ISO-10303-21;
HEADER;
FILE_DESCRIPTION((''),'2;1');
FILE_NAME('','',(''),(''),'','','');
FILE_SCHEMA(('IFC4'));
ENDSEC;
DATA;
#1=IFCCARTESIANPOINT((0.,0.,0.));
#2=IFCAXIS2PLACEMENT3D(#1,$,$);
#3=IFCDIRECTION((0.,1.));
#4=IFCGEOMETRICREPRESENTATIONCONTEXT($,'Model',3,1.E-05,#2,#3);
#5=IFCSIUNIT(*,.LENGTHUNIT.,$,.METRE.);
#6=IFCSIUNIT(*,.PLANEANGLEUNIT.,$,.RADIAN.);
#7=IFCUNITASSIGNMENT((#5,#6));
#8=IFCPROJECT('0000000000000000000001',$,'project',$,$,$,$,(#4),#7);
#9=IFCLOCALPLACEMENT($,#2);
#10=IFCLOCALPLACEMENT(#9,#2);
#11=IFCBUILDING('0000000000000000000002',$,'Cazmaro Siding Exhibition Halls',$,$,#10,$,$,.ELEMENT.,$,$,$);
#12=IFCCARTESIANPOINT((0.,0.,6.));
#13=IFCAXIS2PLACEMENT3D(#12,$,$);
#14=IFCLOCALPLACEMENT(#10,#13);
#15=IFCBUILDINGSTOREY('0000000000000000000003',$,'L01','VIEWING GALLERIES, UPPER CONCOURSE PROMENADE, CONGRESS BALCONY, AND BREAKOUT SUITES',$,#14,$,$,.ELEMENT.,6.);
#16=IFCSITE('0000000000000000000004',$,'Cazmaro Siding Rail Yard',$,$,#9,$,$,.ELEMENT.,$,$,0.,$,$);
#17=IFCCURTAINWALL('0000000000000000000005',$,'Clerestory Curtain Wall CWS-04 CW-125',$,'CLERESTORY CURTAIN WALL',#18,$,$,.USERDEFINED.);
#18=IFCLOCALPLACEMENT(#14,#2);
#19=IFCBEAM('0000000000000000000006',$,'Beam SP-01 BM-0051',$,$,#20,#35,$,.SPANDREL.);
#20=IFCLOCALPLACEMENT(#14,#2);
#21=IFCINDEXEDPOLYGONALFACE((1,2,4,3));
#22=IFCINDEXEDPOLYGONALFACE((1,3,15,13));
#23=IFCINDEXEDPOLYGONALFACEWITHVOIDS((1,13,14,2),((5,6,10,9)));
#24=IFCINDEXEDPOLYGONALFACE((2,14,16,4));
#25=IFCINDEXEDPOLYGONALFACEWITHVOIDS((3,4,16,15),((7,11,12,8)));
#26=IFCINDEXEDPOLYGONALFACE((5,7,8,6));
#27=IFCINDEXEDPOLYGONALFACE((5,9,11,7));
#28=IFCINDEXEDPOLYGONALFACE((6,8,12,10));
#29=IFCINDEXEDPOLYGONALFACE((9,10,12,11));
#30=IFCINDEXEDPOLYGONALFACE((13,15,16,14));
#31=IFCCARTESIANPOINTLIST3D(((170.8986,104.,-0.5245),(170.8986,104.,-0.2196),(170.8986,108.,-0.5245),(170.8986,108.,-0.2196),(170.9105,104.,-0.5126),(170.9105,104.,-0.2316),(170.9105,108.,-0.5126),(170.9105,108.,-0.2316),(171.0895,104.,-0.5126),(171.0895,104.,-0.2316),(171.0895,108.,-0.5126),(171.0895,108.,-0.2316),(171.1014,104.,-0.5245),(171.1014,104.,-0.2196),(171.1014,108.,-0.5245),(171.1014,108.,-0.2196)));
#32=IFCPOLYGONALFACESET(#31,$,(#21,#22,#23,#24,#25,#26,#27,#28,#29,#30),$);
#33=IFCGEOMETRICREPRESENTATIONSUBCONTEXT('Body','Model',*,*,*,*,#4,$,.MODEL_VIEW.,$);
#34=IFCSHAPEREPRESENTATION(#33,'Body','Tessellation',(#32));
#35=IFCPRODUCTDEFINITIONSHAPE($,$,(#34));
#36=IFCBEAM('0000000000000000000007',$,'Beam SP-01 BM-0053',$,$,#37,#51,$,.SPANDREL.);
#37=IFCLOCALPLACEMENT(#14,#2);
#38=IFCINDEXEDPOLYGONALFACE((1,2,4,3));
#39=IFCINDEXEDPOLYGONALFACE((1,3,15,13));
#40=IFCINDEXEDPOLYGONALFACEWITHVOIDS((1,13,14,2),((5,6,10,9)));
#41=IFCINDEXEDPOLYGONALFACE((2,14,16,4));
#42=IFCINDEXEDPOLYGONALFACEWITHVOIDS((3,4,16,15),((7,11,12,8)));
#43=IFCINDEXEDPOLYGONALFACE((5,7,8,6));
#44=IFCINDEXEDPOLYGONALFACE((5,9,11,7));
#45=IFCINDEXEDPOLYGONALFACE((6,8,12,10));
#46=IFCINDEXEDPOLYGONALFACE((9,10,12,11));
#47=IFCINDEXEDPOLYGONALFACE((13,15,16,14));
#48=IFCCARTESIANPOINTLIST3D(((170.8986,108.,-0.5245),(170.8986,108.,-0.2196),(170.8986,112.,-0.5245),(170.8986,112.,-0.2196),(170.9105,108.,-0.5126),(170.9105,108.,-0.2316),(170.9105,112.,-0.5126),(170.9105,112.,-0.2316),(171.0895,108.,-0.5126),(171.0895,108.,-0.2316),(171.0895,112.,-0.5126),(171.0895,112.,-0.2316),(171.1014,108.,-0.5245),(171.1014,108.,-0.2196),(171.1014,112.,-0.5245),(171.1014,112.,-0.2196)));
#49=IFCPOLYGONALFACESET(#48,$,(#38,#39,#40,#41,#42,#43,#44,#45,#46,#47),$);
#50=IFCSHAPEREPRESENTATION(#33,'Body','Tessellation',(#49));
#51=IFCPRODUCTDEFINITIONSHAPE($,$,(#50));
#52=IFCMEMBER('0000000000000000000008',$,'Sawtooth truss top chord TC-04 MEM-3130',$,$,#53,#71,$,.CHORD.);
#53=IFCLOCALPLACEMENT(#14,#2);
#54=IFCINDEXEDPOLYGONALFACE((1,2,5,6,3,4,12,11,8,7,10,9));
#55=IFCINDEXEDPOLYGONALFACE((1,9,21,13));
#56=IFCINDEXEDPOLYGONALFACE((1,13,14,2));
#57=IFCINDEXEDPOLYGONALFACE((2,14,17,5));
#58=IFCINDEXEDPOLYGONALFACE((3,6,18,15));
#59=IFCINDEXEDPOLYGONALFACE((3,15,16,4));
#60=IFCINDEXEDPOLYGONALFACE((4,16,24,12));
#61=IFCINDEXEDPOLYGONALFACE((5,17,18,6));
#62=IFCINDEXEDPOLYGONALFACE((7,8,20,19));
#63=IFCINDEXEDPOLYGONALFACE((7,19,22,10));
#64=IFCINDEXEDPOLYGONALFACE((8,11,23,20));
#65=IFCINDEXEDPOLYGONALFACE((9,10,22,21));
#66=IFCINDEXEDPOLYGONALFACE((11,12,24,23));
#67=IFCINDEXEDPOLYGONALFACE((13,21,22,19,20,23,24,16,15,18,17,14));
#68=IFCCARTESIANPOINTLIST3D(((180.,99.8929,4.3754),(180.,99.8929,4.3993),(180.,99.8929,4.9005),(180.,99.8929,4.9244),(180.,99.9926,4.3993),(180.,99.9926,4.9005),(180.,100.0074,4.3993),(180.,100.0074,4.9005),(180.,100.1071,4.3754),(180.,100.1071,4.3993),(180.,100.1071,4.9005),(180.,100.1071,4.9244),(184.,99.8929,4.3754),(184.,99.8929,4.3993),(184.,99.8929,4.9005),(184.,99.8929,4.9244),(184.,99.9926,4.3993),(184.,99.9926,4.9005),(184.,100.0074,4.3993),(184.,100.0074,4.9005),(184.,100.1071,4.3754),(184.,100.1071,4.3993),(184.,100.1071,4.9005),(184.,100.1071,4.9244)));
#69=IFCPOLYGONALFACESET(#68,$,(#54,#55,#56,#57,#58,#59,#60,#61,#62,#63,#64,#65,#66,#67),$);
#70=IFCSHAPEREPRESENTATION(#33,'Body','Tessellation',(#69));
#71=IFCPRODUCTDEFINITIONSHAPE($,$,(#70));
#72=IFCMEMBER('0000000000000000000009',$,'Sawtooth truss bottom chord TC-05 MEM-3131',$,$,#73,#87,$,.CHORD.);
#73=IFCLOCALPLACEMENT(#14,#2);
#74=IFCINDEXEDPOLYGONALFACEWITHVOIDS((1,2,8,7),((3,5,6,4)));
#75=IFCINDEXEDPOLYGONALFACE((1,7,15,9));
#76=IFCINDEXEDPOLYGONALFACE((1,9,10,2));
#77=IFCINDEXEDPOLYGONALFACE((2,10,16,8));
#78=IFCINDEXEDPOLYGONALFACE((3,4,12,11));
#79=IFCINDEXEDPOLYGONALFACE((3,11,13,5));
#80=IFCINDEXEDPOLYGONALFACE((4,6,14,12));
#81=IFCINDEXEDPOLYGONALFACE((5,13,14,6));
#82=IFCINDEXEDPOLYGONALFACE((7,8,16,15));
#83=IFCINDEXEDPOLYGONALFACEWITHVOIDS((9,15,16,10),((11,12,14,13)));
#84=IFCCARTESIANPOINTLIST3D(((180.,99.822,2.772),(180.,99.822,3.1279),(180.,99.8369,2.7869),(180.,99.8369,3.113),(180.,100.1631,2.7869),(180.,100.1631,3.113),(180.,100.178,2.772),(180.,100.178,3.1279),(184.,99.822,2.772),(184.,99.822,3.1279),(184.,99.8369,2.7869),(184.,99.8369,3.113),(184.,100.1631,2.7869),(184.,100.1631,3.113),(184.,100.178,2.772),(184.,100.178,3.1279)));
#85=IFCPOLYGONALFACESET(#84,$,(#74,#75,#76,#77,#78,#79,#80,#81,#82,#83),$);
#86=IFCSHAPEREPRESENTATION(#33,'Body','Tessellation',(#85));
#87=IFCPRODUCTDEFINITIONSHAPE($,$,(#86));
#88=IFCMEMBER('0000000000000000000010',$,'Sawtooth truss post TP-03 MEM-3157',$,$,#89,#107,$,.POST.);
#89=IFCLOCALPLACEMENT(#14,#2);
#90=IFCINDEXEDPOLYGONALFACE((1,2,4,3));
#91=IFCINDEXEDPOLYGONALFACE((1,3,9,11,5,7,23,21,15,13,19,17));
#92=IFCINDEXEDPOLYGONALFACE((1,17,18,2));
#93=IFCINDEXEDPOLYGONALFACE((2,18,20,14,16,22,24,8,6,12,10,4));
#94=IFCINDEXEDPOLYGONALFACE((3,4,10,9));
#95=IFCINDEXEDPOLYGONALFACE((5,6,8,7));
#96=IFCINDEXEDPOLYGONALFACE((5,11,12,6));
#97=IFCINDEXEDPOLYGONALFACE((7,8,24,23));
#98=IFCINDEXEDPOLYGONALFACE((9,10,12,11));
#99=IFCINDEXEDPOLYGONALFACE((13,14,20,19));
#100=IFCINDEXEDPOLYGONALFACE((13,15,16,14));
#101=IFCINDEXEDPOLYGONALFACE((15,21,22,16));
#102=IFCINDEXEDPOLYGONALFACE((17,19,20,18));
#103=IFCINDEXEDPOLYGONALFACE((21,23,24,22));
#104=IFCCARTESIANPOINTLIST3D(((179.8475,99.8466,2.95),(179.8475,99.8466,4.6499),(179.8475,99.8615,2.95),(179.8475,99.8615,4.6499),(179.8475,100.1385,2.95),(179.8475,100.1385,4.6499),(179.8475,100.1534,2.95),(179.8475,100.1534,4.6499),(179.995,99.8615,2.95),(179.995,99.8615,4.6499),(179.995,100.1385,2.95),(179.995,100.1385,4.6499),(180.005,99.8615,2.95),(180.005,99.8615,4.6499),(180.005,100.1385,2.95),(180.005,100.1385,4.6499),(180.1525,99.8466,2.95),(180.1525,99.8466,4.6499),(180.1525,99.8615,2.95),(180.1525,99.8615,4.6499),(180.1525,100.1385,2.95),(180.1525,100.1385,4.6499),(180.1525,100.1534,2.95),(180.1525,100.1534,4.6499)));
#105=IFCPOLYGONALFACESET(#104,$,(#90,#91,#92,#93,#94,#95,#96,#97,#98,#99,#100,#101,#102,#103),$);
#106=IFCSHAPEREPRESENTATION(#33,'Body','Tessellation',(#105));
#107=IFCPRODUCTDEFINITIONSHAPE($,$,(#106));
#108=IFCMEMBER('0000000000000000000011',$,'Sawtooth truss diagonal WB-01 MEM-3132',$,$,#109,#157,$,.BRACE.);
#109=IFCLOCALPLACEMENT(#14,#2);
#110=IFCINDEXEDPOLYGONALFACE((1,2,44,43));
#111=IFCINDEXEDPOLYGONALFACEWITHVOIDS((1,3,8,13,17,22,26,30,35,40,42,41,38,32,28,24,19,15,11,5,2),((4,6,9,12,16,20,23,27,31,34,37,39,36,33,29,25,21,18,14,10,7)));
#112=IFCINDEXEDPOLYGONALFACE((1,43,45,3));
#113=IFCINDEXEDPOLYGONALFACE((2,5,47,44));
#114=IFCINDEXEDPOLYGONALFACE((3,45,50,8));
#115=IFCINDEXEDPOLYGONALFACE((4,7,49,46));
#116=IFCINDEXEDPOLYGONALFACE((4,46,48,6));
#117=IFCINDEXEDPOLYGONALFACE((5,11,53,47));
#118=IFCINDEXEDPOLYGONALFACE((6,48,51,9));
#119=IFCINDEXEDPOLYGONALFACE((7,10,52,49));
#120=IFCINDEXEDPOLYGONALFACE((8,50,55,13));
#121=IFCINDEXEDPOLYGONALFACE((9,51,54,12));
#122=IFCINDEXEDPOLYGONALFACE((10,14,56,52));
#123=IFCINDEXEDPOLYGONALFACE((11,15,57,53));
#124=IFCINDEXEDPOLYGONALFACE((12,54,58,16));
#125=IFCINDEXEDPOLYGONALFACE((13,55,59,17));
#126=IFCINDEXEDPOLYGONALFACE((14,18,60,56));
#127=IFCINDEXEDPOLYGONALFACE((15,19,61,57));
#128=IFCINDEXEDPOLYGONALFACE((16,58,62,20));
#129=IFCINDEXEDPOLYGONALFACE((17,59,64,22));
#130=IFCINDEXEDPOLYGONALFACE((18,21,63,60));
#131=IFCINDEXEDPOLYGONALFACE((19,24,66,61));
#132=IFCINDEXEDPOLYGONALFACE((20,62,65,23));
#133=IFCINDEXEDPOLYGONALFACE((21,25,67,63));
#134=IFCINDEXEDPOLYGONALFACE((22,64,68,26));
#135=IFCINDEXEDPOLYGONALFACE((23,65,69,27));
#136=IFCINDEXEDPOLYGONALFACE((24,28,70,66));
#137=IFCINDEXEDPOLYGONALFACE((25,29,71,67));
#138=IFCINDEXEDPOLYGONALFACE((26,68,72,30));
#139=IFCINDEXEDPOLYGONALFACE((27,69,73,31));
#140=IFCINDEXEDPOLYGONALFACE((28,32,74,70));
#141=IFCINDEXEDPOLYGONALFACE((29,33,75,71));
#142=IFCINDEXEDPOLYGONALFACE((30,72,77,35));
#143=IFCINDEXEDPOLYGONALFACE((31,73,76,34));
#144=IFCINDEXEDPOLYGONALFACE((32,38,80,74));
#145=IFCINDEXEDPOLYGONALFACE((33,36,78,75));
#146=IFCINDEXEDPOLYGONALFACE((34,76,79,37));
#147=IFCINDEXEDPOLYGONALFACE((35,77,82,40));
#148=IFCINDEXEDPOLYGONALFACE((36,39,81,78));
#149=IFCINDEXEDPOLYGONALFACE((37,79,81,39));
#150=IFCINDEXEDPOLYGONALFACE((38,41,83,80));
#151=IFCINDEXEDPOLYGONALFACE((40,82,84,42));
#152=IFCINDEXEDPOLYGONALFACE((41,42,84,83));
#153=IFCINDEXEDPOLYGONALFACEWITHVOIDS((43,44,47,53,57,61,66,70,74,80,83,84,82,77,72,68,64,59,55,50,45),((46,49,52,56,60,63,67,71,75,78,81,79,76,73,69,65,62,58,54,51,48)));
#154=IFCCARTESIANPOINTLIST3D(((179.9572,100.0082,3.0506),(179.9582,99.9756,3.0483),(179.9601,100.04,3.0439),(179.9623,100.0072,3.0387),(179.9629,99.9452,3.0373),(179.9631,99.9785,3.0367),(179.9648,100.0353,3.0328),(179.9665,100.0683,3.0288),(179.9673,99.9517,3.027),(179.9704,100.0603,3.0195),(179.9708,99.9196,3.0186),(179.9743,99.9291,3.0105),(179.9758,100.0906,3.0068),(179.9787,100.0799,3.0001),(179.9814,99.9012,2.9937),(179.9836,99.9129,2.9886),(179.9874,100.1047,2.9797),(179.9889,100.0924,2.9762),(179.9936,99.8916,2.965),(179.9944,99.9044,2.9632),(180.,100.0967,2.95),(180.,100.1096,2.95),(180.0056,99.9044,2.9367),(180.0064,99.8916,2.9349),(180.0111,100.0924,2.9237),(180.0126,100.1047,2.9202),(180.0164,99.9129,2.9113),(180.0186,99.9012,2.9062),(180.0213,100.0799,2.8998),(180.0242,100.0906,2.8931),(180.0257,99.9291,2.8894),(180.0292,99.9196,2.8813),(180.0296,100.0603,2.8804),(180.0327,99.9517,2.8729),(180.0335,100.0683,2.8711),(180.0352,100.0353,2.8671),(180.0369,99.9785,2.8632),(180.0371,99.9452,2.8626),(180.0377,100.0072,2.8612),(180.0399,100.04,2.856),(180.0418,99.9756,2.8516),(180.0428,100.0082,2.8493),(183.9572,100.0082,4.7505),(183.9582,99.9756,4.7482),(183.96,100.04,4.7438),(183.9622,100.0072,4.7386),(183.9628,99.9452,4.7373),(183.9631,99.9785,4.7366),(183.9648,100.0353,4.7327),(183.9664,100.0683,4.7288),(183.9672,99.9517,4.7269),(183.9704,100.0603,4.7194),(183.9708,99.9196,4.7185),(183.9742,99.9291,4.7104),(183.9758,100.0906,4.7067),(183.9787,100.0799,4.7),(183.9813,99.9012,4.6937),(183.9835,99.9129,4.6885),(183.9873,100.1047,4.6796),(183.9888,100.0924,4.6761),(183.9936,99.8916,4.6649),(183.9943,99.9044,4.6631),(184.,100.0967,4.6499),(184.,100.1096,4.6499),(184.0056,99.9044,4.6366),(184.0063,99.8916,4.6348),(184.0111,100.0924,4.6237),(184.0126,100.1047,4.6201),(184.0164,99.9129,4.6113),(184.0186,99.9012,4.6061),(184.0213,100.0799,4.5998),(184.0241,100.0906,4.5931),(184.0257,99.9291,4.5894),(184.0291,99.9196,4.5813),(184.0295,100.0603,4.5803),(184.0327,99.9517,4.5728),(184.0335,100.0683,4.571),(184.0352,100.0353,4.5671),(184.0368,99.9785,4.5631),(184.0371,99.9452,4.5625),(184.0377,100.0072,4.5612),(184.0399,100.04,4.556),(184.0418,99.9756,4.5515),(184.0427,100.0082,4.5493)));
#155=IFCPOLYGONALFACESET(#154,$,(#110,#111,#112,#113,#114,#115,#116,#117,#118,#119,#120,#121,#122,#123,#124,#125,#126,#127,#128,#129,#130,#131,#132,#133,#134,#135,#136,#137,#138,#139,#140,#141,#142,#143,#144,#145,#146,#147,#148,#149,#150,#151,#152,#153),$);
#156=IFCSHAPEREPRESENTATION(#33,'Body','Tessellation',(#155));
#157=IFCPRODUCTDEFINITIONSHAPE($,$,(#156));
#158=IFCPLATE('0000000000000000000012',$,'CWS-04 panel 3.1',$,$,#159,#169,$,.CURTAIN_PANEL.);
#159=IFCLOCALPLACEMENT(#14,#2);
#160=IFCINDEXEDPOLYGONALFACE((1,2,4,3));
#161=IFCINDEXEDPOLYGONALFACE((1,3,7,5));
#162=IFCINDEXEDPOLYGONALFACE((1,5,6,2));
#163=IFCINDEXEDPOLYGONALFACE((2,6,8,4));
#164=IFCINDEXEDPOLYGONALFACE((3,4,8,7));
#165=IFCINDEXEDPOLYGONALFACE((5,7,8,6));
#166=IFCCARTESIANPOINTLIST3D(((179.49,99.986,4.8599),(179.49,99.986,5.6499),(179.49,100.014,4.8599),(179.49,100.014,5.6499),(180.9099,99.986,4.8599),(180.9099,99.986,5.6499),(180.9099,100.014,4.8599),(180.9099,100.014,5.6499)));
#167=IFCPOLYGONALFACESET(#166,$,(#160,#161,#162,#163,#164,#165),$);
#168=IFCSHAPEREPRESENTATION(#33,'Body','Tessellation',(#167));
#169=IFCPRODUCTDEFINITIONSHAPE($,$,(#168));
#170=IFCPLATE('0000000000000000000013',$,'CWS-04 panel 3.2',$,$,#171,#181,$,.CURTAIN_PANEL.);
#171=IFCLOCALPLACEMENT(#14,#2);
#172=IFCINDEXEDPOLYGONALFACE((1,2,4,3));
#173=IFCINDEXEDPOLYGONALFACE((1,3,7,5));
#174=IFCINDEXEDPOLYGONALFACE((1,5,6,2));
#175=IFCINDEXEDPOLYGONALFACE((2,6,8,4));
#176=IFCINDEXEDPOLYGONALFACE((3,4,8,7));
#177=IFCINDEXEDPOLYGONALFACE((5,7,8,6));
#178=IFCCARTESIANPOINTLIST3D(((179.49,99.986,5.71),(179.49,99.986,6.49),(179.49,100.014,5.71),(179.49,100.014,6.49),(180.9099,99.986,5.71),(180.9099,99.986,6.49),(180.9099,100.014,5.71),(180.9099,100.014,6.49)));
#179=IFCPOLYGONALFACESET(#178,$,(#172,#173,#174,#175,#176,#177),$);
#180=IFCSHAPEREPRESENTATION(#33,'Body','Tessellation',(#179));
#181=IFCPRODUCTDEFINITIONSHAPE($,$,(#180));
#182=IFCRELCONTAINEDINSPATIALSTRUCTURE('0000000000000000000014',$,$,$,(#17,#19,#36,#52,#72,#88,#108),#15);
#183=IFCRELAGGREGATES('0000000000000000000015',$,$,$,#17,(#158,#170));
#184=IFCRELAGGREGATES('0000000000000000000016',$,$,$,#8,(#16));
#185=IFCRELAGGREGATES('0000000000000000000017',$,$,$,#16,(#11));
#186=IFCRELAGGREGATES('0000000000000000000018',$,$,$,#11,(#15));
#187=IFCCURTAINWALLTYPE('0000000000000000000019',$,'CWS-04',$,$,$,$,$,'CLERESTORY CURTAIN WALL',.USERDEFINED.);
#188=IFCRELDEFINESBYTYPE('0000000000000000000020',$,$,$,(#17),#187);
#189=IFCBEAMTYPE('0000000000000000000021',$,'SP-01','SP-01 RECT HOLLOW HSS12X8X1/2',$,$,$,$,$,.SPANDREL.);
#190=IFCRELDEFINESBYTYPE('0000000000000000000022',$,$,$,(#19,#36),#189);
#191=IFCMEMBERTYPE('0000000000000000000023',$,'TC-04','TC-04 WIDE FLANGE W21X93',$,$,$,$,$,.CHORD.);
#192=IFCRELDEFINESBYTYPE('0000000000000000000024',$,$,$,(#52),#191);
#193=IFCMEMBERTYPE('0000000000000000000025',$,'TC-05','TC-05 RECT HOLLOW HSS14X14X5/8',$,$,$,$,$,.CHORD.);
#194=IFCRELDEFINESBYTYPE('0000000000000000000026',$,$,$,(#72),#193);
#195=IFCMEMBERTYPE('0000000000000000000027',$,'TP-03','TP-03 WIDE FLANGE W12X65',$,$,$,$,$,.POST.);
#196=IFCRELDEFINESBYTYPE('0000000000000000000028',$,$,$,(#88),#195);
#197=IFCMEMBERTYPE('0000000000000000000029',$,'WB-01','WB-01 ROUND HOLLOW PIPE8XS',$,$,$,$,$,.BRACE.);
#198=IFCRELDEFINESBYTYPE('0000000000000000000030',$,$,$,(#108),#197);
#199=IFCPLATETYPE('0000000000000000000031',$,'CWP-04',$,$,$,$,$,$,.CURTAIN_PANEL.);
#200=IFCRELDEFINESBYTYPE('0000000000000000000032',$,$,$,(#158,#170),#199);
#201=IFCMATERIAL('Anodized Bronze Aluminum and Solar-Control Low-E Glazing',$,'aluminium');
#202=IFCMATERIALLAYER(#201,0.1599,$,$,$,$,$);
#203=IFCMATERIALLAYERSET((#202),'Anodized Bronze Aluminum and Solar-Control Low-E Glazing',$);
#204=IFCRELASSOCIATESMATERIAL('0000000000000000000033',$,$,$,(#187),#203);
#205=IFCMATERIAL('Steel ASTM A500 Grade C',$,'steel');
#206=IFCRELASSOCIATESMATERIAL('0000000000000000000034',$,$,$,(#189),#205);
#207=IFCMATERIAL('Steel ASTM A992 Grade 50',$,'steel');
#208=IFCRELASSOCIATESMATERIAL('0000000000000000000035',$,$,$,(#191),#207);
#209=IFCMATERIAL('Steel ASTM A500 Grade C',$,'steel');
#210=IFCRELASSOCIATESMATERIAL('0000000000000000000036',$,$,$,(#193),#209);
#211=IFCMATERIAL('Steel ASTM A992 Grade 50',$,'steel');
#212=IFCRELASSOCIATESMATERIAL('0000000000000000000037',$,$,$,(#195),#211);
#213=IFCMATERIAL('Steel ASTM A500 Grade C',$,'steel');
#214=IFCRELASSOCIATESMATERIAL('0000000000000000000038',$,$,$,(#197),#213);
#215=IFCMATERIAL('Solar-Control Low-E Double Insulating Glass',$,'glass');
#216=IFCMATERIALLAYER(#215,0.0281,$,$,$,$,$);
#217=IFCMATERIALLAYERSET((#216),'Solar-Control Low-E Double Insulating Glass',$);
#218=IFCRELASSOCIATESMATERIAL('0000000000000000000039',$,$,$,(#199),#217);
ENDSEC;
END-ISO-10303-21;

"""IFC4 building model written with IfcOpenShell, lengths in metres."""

from ifc_helpers import new_model, si_unit, direction, frame, origin, origin_2d, place, context, subcontext, project, spatial, rectangle, hollow_rectangle, hollow_circle, i_section, extrude, material, layer, layer_set, material_profile, profile_set, type_object, element, aggregate, save


model = new_model("IFC4")

# Units and contexts
model_context = context("Model", 3, precision=1e-05, world=origin(), true_north=direction((0.0, 1.0)))
body_context = subcontext(model_context, "Body", "Model", "MODEL_VIEW")
ifc_project = project(units=[si_unit("LENGTHUNIT", "METRE"), si_unit("PLANEANGLEUNIT", "RADIAN")], contexts=[model_context])

# Site, building, storey
site_placement = place(None, origin())
site = spatial("IfcSite", under=ifc_project, at=site_placement, Name="Cazmaro Siding Rail Yard", CompositionType="ELEMENT", RefElevation=0.0)
building_placement = place(site_placement, origin())
building = spatial("IfcBuilding", under=site, at=building_placement, Name="Cazmaro Siding Exhibition Halls", CompositionType="ELEMENT")
storey_placement = place(building_placement, frame((0.0, 0.0, 6.0)))
storey = spatial("IfcBuildingStorey", under=building, at=storey_placement, Name="L01", Description="VIEWING GALLERIES, UPPER CONCOURSE PROMENADE, CONGRESS BALCONY, AND BREAKOUT SUITES", CompositionType="ELEMENT", Elevation=6.0)

# Curtain wall
ifc_material_1 = material(Name="Anodized Bronze Aluminum and Solar-Control Low-E Glazing", Category="aluminium")
ifc_layer_1 = layer(ifc_material_1, 0.1599)
ifc_layer_set_1 = layer_set([ifc_layer_1], Name="Anodized Bronze Aluminum and Solar-Control Low-E Glazing")
curtain_wall_type_1 = type_object("IfcCurtainWallType", Name="CWS-04", ElementType="CLERESTORY CURTAIN WALL", PredefinedType="USERDEFINED", material=ifc_layer_set_1)
curtain_wall_1_placement = place(storey_placement, origin())
curtain_wall_1 = element("IfcCurtainWall", 1, at=curtain_wall_1_placement, inside=storey, type_object=curtain_wall_type_1, Name="Clerestory Curtain Wall CWS-04 CW-125", ObjectType="CLERESTORY CURTAIN WALL", PredefinedType="USERDEFINED")

# Beams
ifc_material_2 = material(Name="Steel ASTM A500 Grade C", Category="steel")
ifc_material_profile_1 = material_profile(ifc_material_2, hollow_rectangle(XDim=0.2029, YDim=0.3049, WallThickness=0.012, at=origin_2d()), Name="HSS12X8X1/2")
ifc_profile_set_1 = profile_set([ifc_material_profile_1], Name="Steel ASTM A500 Grade C")
beam_type = type_object("IfcBeamType", Name="SP-01", Description="SP-01 RECT HOLLOW HSS12X8X1/2", PredefinedType="SPANDREL", material=ifc_profile_set_1)
for number, where, z_axis, x_axis, name in (
    (2, (171.0, 104.0, -0.3721), (0.0, 1.0, 0.0), (-1.0, 0.0, 0.0), "Beam SP-01 BM-0051"),
    (3, (171.0, 108.0, -0.3721), (0.0, 1.0, 0.0), (-1.0, 0.0, 0.0), "Beam SP-01 BM-0053"),
):
    element("IfcBeam", number, at=place(storey_placement, frame(where, z_axis=z_axis, x_axis=x_axis)), inside=storey, type_object=beam_type, Name=name, PredefinedType="SPANDREL", context=body_context, shape_type="SweptSolid", body=[
        extrude(hollow_rectangle(XDim=0.2029, YDim=0.3049, WallThickness=0.012, at=origin_2d()), origin(), (0.0, 0.0, 1.0), 4.0),
    ])

# Members
ifc_material_3 = material(Name="Steel ASTM A992 Grade 50", Category="steel")
ifc_material_profile_2 = material_profile(ifc_material_3, i_section(OverallWidth=0.2141, OverallDepth=0.5491, WebThickness=0.0149, FlangeThickness=0.0239, at=origin_2d()), Name="W21X93")
ifc_profile_set_2 = profile_set([ifc_material_profile_2], Name="Steel ASTM A992 Grade 50")
member_type_1 = type_object("IfcMemberType", Name="TC-04", Description="TC-04 WIDE FLANGE W21X93", PredefinedType="CHORD", material=ifc_profile_set_2)
member_1_placement = place(storey_placement, frame((180.0, 100.0, 4.6499), z_axis=(1.0, 0.0, 0.0), x_axis=(0.0, 1.0, 0.0)))
element("IfcMember", 4, at=member_1_placement, inside=storey, type_object=member_type_1, Name="Sawtooth truss top chord TC-04 MEM-3130", PredefinedType="CHORD", context=body_context, shape_type="SweptSolid", body=[
    extrude(i_section(OverallWidth=0.2141, OverallDepth=0.5491, WebThickness=0.0149, FlangeThickness=0.0239, at=origin_2d()), origin(), (0.0, 0.0, 1.0), 4.0),
])
ifc_material_4 = material(Name="Steel ASTM A500 Grade C", Category="steel")
ifc_material_profile_3 = material_profile(ifc_material_4, hollow_rectangle(XDim=0.356, YDim=0.356, WallThickness=0.0149, at=origin_2d()), Name="HSS14X14X5/8")
ifc_profile_set_3 = profile_set([ifc_material_profile_3], Name="Steel ASTM A500 Grade C")
member_type_2 = type_object("IfcMemberType", Name="TC-05", Description="TC-05 RECT HOLLOW HSS14X14X5/8", PredefinedType="CHORD", material=ifc_profile_set_3)
member_2_placement = place(storey_placement, frame((180.0, 100.0, 2.95), z_axis=(1.0, 0.0, 0.0), x_axis=(0.0, 1.0, 0.0)))
element("IfcMember", 5, at=member_2_placement, inside=storey, type_object=member_type_2, Name="Sawtooth truss bottom chord TC-05 MEM-3131", PredefinedType="CHORD", context=body_context, shape_type="SweptSolid", body=[
    extrude(hollow_rectangle(XDim=0.356, YDim=0.356, WallThickness=0.0149, at=origin_2d()), origin(), (0.0, 0.0, 1.0), 4.0),
])
ifc_material_5 = material(Name="Steel ASTM A992 Grade 50", Category="steel")
ifc_material_profile_4 = material_profile(ifc_material_5, i_section(OverallWidth=0.3049, OverallDepth=0.3069, WebThickness=0.01, FlangeThickness=0.0149, at=origin_2d()), Name="W12X65")
ifc_profile_set_4 = profile_set([ifc_material_profile_4], Name="Steel ASTM A992 Grade 50")
member_type_3 = type_object("IfcMemberType", Name="TP-03", Description="TP-03 WIDE FLANGE W12X65", PredefinedType="POST", material=ifc_profile_set_4)
member_3_placement = place(storey_placement, frame((180.0, 100.0, 2.95), z_axis=(0.0, 0.0, 1.0), x_axis=(1.0, 0.0, 0.0)))
element("IfcMember", 6, at=member_3_placement, inside=storey, type_object=member_type_3, Name="Sawtooth truss post TP-03 MEM-3157", PredefinedType="POST", context=body_context, shape_type="SweptSolid", body=[
    extrude(i_section(OverallWidth=0.3049, OverallDepth=0.3069, WebThickness=0.01, FlangeThickness=0.0149, at=origin_2d()), origin(), (0.0, 0.0, 1.0), 1.7),
])
ifc_material_6 = material(Name="Steel ASTM A500 Grade C", Category="steel")
ifc_material_profile_5 = material_profile(ifc_material_6, hollow_circle(Radius=0.1096, WallThickness=0.0129, at=origin_2d()), Name="PIPE8XS")
ifc_profile_set_5 = profile_set([ifc_material_profile_5], Name="Steel ASTM A500 Grade C")
member_type_4 = type_object("IfcMemberType", Name="WB-01", Description="WB-01 ROUND HOLLOW PIPE8XS", PredefinedType="BRACE", material=ifc_profile_set_5)
member_4_placement = place(storey_placement, frame((180.0, 100.0, 2.95), z_axis=(0.920335, 0.0, 0.391131), x_axis=(0.0, 1.0, 0.0)))
element("IfcMember", 7, at=member_4_placement, inside=storey, type_object=member_type_4, Name="Sawtooth truss diagonal WB-01 MEM-3132", PredefinedType="BRACE", context=body_context, shape_type="SweptSolid", body=[
    extrude(hollow_circle(Radius=0.1096, WallThickness=0.0129, at=origin_2d()), origin(), (0.0, 0.0, 1.0), 4.3462),
])

# Plates
ifc_material_7 = material(Name="Solar-Control Low-E Double Insulating Glass", Category="glass")
ifc_layer_2 = layer(ifc_material_7, 0.0281)
ifc_layer_set_2 = layer_set([ifc_layer_2], Name="Solar-Control Low-E Double Insulating Glass")
plate_type = type_object("IfcPlateType", Name="CWP-04", PredefinedType="CURTAIN_PANEL", material=ifc_layer_set_2)
plate_1_placement = place(storey_placement, frame((180.2, 100.0, 4.8599), z_axis=(0.0, 0.0, 1.0), x_axis=(-1.0, 0.0, 0.0)))
plate_1 = element("IfcPlate", 8, at=plate_1_placement, type_object=plate_type, Name="CWS-04 panel 3.1", PredefinedType="CURTAIN_PANEL", context=body_context, shape_type="SweptSolid", body=[
    extrude(rectangle(XDim=1.4199, YDim=0.0281, at=origin_2d()), origin(), (0.0, 0.0, 1.0), 0.79),
])
plate_2_placement = place(storey_placement, frame((180.2, 100.0, 5.71), z_axis=(0.0, 0.0, 1.0), x_axis=(-1.0, 0.0, 0.0)))
plate_2 = element("IfcPlate", 9, at=plate_2_placement, type_object=plate_type, Name="CWS-04 panel 3.2", PredefinedType="CURTAIN_PANEL", context=body_context, shape_type="SweptSolid", body=[
    extrude(rectangle(XDim=1.4199, YDim=0.0281, at=origin_2d()), origin(), (0.0, 0.0, 1.0), 0.78),
])
aggregate(curtain_wall_1, [plate_1, plate_2])

save(model, "model.ifc")
